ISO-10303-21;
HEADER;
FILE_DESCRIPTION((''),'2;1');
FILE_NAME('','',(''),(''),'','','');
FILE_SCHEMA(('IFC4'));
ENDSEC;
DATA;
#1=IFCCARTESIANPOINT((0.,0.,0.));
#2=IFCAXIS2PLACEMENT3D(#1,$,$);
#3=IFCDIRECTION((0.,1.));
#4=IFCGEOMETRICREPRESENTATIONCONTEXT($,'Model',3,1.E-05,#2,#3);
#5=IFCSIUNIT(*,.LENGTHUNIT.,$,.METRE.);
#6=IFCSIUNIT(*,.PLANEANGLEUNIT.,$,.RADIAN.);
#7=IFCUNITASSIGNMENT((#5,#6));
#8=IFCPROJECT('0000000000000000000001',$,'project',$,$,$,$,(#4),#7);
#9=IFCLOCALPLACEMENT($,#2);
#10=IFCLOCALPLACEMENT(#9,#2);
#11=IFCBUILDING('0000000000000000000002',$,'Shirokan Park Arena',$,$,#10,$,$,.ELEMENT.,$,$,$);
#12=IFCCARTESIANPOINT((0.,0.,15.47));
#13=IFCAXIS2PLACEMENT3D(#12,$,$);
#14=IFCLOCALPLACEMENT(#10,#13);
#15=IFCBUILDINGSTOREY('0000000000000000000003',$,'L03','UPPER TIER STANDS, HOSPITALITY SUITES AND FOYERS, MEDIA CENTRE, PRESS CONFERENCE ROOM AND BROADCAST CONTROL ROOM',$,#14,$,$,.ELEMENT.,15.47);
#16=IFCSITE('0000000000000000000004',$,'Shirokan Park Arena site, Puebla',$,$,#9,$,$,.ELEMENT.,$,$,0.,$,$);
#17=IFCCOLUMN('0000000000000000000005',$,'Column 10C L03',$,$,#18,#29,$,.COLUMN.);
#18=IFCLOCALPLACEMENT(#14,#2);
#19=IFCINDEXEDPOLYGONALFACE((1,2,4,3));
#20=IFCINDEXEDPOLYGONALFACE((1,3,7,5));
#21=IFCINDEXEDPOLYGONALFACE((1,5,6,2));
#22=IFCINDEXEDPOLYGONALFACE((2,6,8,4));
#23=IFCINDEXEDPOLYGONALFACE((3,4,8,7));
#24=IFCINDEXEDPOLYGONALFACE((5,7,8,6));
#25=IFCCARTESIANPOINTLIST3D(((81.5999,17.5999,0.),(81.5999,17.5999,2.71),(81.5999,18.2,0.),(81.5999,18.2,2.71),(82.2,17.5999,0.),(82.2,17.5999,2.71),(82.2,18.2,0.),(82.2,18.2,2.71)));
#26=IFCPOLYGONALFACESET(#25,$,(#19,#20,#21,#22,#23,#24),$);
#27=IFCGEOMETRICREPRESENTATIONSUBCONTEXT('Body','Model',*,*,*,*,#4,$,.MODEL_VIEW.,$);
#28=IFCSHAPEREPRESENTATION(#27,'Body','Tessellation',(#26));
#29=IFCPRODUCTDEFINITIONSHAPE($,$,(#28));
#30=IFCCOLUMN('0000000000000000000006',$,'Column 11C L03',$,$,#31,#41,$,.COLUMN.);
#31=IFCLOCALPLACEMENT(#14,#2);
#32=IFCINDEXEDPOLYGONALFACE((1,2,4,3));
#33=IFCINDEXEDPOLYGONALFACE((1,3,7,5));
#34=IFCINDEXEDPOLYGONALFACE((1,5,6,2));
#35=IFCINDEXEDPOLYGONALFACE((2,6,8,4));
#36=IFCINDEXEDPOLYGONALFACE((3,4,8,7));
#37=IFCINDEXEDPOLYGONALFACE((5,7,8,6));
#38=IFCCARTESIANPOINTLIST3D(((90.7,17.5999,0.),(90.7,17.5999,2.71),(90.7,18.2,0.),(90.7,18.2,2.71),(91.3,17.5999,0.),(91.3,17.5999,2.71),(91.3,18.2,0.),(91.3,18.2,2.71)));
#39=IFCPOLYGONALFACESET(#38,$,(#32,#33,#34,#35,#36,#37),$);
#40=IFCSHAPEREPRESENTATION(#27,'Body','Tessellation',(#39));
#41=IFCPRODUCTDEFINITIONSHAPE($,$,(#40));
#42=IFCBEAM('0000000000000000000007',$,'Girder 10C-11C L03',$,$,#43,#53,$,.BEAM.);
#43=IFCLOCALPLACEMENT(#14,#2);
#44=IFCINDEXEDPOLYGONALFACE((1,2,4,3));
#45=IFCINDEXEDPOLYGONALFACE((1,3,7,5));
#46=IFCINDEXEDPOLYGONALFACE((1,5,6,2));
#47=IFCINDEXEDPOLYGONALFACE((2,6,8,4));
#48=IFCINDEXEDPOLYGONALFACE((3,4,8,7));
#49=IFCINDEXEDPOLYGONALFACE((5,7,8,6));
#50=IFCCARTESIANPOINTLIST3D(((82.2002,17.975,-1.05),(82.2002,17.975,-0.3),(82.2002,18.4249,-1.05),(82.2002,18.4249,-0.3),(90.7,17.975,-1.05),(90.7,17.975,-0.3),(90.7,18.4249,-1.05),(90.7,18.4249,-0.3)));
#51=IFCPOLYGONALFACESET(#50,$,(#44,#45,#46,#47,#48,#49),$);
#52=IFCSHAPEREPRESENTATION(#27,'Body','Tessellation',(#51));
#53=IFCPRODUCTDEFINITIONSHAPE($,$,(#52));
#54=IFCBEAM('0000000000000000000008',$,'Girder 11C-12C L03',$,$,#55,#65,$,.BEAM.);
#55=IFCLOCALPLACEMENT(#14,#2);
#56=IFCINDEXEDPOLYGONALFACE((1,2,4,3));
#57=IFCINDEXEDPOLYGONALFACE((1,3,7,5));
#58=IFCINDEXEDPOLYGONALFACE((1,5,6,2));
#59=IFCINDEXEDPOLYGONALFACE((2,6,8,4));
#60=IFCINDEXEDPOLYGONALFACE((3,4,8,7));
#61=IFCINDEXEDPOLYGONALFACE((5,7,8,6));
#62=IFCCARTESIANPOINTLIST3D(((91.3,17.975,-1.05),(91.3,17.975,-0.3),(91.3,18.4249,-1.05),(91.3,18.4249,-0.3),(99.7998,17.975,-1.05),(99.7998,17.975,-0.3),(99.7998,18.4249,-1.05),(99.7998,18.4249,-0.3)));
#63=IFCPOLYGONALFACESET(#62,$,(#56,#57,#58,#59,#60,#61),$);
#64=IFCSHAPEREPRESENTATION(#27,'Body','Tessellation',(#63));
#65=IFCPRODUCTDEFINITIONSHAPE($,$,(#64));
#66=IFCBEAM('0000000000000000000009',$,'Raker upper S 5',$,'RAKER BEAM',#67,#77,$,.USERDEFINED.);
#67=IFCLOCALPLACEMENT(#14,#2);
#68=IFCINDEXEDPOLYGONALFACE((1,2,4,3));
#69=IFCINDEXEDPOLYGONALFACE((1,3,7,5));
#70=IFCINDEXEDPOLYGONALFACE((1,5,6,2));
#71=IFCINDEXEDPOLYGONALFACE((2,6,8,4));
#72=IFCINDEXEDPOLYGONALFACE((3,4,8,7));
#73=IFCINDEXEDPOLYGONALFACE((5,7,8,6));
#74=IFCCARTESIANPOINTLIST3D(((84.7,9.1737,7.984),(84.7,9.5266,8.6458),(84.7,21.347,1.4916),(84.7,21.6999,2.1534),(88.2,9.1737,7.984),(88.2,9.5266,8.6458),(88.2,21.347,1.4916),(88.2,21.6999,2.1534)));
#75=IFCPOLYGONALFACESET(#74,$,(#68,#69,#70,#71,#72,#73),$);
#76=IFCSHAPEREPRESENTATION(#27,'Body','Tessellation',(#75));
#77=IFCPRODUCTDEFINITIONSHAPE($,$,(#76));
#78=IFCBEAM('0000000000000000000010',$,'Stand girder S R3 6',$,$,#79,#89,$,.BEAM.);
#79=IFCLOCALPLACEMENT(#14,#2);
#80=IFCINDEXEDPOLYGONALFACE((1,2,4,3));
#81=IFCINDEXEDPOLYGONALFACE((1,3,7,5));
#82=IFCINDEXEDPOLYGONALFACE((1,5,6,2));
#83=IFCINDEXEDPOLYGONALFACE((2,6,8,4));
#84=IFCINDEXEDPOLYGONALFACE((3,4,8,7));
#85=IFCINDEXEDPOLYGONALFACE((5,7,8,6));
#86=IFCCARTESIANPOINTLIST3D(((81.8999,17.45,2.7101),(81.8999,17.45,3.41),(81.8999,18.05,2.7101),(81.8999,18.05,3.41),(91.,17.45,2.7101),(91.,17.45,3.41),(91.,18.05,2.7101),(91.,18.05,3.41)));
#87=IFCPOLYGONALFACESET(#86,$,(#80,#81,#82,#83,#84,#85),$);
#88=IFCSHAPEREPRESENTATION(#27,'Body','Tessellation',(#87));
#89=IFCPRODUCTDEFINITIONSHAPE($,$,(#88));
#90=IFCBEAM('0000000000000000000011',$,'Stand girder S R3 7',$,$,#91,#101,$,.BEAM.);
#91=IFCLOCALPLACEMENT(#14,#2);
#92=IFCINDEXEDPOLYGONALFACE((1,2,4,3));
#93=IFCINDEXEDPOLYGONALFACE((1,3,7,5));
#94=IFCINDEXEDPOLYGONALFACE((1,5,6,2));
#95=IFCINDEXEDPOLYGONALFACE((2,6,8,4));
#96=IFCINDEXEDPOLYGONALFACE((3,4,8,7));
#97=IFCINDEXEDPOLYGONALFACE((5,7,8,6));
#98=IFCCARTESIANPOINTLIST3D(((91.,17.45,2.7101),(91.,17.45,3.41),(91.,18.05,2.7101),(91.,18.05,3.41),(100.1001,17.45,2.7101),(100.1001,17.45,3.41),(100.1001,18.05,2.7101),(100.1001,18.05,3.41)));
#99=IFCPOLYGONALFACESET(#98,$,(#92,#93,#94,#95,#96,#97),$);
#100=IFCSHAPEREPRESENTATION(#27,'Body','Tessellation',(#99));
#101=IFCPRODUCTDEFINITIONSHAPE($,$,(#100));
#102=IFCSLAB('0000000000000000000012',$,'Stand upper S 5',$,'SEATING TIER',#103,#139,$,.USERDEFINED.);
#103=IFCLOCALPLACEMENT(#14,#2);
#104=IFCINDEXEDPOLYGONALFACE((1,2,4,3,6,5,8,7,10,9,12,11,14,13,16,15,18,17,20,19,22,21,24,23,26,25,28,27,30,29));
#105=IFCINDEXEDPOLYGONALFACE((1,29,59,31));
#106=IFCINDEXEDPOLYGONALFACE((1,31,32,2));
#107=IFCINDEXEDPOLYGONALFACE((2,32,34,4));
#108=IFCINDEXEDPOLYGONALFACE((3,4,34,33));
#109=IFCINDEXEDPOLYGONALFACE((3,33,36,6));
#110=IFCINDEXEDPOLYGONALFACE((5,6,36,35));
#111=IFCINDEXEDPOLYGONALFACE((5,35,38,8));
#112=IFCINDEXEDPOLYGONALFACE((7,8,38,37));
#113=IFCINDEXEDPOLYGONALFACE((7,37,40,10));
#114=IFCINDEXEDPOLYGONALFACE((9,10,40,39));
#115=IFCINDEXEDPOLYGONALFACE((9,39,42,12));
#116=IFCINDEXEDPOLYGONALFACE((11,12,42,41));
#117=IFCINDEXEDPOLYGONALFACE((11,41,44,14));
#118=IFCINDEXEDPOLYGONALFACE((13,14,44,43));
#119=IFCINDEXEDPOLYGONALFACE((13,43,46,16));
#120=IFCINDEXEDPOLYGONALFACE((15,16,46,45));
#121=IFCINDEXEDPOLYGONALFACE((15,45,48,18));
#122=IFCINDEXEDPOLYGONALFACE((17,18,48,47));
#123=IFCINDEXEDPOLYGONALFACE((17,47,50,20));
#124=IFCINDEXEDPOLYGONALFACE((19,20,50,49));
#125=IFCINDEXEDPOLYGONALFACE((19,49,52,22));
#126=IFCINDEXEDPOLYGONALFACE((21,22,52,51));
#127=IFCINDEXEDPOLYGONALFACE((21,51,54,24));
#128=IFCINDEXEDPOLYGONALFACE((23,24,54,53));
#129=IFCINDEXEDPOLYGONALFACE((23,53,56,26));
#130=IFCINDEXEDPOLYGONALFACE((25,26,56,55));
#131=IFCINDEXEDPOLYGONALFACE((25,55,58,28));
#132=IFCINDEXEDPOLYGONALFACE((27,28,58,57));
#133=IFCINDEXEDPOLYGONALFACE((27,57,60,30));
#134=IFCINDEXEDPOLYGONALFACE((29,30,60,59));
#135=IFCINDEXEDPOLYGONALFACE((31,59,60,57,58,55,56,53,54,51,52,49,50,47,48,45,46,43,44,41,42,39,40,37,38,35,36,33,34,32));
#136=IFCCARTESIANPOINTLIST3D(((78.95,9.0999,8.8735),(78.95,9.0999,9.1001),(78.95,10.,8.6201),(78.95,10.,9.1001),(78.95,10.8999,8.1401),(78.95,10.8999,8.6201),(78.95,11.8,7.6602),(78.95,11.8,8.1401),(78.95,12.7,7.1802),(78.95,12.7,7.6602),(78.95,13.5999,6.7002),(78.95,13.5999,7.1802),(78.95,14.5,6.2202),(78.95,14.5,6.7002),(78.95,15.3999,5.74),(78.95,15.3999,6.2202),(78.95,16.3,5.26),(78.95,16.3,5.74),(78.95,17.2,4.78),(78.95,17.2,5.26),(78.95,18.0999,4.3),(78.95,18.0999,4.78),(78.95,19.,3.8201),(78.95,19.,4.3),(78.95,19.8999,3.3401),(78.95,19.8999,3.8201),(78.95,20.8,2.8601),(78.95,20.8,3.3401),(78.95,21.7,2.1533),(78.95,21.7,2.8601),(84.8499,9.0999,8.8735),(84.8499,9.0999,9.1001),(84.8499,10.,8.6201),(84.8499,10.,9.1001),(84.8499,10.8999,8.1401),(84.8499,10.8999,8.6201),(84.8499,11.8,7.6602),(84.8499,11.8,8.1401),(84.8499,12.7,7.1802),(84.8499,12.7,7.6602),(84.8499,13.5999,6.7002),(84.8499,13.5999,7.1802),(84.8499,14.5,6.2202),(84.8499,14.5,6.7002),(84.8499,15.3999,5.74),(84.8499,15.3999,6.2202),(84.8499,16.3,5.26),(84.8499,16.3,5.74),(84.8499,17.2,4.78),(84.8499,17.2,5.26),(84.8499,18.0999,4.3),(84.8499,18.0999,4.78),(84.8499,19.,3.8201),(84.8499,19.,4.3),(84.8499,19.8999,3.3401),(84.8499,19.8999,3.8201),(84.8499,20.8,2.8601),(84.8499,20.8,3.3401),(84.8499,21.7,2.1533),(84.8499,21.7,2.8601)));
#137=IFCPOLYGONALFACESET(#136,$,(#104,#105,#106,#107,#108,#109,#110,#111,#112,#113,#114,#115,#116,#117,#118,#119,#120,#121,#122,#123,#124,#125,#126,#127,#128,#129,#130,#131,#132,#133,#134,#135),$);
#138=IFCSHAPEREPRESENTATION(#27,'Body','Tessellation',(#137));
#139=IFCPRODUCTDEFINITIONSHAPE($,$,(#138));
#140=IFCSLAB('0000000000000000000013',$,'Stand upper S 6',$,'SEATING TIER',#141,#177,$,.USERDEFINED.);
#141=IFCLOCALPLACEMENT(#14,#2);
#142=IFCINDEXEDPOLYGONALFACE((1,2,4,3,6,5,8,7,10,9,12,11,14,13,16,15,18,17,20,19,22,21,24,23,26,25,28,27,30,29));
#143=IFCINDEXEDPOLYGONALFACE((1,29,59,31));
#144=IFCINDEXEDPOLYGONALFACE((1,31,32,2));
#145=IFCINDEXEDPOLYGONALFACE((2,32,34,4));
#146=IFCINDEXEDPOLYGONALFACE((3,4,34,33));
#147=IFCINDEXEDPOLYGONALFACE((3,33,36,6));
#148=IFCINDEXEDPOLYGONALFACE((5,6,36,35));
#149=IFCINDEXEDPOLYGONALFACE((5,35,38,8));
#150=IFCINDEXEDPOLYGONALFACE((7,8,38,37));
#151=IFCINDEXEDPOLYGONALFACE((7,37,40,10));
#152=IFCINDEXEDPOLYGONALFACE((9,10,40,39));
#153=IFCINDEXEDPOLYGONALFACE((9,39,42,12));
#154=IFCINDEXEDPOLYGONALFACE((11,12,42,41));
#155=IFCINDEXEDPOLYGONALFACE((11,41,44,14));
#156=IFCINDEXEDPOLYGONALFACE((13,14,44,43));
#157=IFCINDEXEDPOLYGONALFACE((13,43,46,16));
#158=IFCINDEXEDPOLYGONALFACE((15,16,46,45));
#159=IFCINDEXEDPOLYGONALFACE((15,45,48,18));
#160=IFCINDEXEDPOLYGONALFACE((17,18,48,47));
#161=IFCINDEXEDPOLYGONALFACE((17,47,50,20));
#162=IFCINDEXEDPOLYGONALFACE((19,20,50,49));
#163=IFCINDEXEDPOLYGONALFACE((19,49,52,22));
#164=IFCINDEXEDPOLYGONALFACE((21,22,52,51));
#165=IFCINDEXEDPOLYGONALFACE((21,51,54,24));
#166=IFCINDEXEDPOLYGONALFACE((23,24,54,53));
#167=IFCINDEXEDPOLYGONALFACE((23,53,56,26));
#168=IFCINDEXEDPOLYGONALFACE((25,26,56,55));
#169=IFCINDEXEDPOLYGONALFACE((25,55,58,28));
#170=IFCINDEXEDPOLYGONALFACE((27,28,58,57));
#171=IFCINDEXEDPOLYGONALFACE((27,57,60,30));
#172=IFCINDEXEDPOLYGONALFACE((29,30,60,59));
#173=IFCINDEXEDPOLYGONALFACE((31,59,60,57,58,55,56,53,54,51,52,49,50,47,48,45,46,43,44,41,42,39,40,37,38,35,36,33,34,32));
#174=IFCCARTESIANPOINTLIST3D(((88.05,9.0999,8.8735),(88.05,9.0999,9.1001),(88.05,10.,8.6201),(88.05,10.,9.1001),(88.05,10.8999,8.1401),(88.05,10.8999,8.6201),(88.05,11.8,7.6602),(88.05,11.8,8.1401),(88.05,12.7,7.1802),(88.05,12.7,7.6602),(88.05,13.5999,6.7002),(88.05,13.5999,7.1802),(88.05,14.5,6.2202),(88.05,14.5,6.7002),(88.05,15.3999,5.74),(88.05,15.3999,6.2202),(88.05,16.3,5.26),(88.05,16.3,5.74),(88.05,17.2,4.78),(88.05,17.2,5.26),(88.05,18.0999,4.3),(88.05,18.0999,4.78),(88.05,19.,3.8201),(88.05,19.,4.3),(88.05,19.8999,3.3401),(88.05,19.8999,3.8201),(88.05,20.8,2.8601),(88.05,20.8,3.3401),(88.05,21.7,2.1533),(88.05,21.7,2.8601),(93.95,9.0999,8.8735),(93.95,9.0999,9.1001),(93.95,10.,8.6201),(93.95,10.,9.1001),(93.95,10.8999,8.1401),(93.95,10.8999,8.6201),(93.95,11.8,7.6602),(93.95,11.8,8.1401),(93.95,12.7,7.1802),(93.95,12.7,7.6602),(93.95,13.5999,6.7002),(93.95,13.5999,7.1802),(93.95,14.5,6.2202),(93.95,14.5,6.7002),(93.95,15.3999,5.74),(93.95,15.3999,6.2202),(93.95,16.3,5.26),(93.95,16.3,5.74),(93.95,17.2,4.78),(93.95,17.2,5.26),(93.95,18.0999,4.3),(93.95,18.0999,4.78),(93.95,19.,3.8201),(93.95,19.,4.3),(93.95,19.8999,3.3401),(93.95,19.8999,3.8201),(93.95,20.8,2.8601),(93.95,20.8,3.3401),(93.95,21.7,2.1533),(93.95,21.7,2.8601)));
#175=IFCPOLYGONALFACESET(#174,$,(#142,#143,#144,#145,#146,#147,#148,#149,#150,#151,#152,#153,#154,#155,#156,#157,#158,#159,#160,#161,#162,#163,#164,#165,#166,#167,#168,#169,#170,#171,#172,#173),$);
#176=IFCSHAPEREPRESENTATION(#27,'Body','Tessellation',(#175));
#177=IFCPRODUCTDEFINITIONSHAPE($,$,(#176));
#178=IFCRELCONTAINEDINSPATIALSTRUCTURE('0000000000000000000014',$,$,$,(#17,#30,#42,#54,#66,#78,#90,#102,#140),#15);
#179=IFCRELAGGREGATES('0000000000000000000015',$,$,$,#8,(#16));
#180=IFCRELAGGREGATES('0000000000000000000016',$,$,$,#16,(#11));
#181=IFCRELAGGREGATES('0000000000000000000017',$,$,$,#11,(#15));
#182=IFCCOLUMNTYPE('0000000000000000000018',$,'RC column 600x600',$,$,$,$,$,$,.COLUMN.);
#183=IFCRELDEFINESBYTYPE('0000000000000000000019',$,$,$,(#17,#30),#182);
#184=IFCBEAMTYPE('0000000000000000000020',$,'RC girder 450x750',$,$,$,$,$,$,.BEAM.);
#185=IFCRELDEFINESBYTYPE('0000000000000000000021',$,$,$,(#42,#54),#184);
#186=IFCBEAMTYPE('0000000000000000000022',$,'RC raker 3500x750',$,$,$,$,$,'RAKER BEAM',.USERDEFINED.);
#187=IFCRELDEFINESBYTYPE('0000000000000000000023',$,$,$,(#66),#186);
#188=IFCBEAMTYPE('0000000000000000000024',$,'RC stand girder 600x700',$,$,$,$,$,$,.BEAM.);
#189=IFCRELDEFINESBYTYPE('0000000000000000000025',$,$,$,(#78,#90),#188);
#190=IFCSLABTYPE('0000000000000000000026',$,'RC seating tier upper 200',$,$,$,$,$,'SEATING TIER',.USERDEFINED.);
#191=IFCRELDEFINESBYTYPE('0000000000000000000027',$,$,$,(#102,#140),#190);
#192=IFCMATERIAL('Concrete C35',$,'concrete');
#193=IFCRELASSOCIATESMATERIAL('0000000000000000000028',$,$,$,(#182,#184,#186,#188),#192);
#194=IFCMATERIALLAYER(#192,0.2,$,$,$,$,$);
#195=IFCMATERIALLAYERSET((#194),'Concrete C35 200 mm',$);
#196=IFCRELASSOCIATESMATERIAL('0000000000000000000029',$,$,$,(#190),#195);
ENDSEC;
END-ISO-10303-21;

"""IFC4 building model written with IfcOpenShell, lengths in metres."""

from ifc_helpers import new_model, si_unit, direction, frame, origin, origin_2d, place, context, subcontext, project, spatial, polyline, rectangle, outline, extrude, material, layer, layer_set, material_profile, profile_set, type_object, element, save


model = new_model("IFC4")

# Units and contexts
model_context = context("Model", 3, precision=1e-05, world=origin(), true_north=direction((0.0, 1.0)))
body_context = subcontext(model_context, "Body", "Model", "MODEL_VIEW")
ifc_project = project(units=[si_unit("LENGTHUNIT", "METRE"), si_unit("PLANEANGLEUNIT", "RADIAN")], contexts=[model_context])

# Site, building, storey
site_placement = place(None, origin())
site = spatial("IfcSite", under=ifc_project, at=site_placement, Name="Shirokan Park Arena site, Puebla", CompositionType="ELEMENT", RefElevation=0.0)
building_placement = place(site_placement, origin())
building = spatial("IfcBuilding", under=site, at=building_placement, Name="Shirokan Park Arena", CompositionType="ELEMENT")
storey_placement = place(building_placement, frame((0.0, 0.0, 15.47)))
storey = spatial("IfcBuildingStorey", under=building, at=storey_placement, Name="L03", Description="UPPER TIER STANDS, HOSPITALITY SUITES AND FOYERS, MEDIA CENTRE, PRESS CONFERENCE ROOM AND BROADCAST CONTROL ROOM", CompositionType="ELEMENT", Elevation=15.47)

# Columns
ifc_material_1 = material(Name="Concrete C35", Category="concrete")
ifc_material_profile_1 = material_profile(ifc_material_1, rectangle(XDim=0.6001, YDim=0.6001, at=origin_2d()), Name="600x600")
ifc_profile_set_1 = profile_set([ifc_material_profile_1], Name="Concrete C35")
column_type = type_object("IfcColumnType", Name="RC column 600x600", PredefinedType="COLUMN", material=ifc_profile_set_1)
for number, where, z_axis, x_axis, name in (
    (1, (81.8999, 17.8999, 0.0), (0.0, 0.0, 1.0), (1.0, 0.0, 0.0), "Column 10C L03"),
    (2, (91.0, 17.8999, 0.0), (0.0, 0.0, 1.0), (1.0, 0.0, 0.0), "Column 11C L03"),
):
    element("IfcColumn", number, at=place(storey_placement, frame(where, z_axis=z_axis, x_axis=x_axis)), inside=storey, type_object=column_type, Name=name, PredefinedType="COLUMN", context=body_context, shape_type="SweptSolid", body=[
        extrude(rectangle(XDim=0.6001, YDim=0.6001, at=origin_2d()), origin(), (0.0, 0.0, 1.0), 2.71),
    ])

# Beams
ifc_material_profile_2 = material_profile(ifc_material_1, rectangle(XDim=0.45, YDim=0.75, at=origin_2d()), Name="450x750")
ifc_profile_set_2 = profile_set([ifc_material_profile_2], Name="Concrete C35")
beam_type_1 = type_object("IfcBeamType", Name="RC girder 450x750", PredefinedType="BEAM", material=ifc_profile_set_2)
for number, where, z_axis, x_axis, name in (
    (3, (82.2002, 18.2, -0.675), (1.0, 0.0, 0.0), (0.0, 1.0, 0.0), "Girder 10C-11C L03"),
    (4, (91.3, 18.2, -0.675), (1.0, 0.0, 0.0), (0.0, 1.0, 0.0), "Girder 11C-12C L03"),
):
    element("IfcBeam", number, at=place(storey_placement, frame(where, z_axis=z_axis, x_axis=x_axis)), inside=storey, type_object=beam_type_1, Name=name, PredefinedType="BEAM", context=body_context, shape_type="SweptSolid", body=[
        extrude(rectangle(XDim=0.45, YDim=0.75, at=origin_2d()), origin(), (0.0, 0.0, 1.0), 8.4998),
    ])
ifc_material_profile_3 = material_profile(ifc_material_1, rectangle(XDim=3.5, YDim=0.75, at=origin_2d()), Name="3500x750")
ifc_profile_set_3 = profile_set([ifc_material_profile_3], Name="Concrete C35")
beam_type_2 = type_object("IfcBeamType", Name="RC raker 3500x750", ElementType="RAKER BEAM", PredefinedType="USERDEFINED", material=ifc_profile_set_3)
beam_placement = place(storey_placement, frame((86.45, 21.5234, 1.8225), z_axis=(0.0, -0.882353, 0.470587), x_axis=(1.0, 0.0, 0.0)))
element("IfcBeam", 5, at=beam_placement, inside=storey, type_object=beam_type_2, Name="Raker upper S 5", ObjectType="RAKER BEAM", PredefinedType="USERDEFINED", context=body_context, shape_type="SweptSolid", body=[
    extrude(rectangle(XDim=3.5, YDim=0.75, at=origin_2d()), origin(), (0.0, 0.0, 1.0), 13.7964),
])
ifc_material_profile_4 = material_profile(ifc_material_1, rectangle(XDim=0.6001, YDim=0.7, at=origin_2d()), Name="600x700")
ifc_profile_set_4 = profile_set([ifc_material_profile_4], Name="Concrete C35")
beam_type_3 = type_object("IfcBeamType", Name="RC stand girder 600x700", PredefinedType="BEAM", material=ifc_profile_set_4)
for number, where, z_axis, x_axis, name in (
    (6, (81.8999, 17.75, 3.0601), (1.0, 0.0, 0.0), (0.0, 1.0, 0.0), "Stand girder S R3 6"),
    (7, (91.0, 17.75, 3.0601), (1.0, 0.0, 0.0), (0.0, 1.0, 0.0), "Stand girder S R3 7"),
):
    element("IfcBeam", number, at=place(storey_placement, frame(where, z_axis=z_axis, x_axis=x_axis)), inside=storey, type_object=beam_type_3, Name=name, PredefinedType="BEAM", context=body_context, shape_type="SweptSolid", body=[
        extrude(rectangle(XDim=0.6001, YDim=0.7, at=origin_2d()), origin(), (0.0, 0.0, 1.0), 9.1001),
    ])

# Slabs
ifc_layer_1 = layer(ifc_material_1, 0.2)
ifc_layer_set_1 = layer_set([ifc_layer_1], Name="Concrete C35 200 mm")
slab_type = type_object("IfcSlabType", Name="RC seating tier upper 200", ElementType="SEATING TIER", PredefinedType="USERDEFINED", material=ifc_layer_set_1)
for number, where, z_axis, x_axis, name in (
    (8, (81.8999, 21.7, 2.8601), (0.0, 0.0, 1.0), (0.0, -1.0, 0.0), "Stand upper S 5"),
    (9, (91.0, 21.7, 2.8601), (0.0, 0.0, 1.0), (0.0, -1.0, 0.0), "Stand upper S 6"),
):
    element("IfcSlab", number, at=place(storey_placement, frame(where, z_axis=z_axis, x_axis=x_axis)), inside=storey, type_object=slab_type, Name=name, ObjectType="SEATING TIER", PredefinedType="USERDEFINED", context=body_context, shape_type="SweptSolid", body=[
        extrude(outline(polyline([(0.0, 0.0), (0.8999, 0.0), (0.8999, 0.48), (1.8, 0.48), (1.8, 0.96), (2.7, 0.96), (2.7, 1.4399), (3.6001, 1.4399), (3.6001, 1.9199), (4.5, 1.9199), (4.5, 2.3999), (5.3999, 2.3999), (5.3999, 2.8799), (6.3, 2.8799), (6.3, 3.3601), (7.2, 3.3601), (7.2, 3.8401), (8.1001, 3.8401), (8.1001, 4.3201), (9.0, 4.3201), (9.0, 4.8), (9.8999, 4.8), (9.8999, 5.28), (10.8, 5.28), (10.8, 5.76), (11.7, 5.76), (11.7, 6.24), (12.6001, 6.24), (12.6001, 6.0134), (0.0, -0.7068), (0.0, 0.0)])), frame((0.0, 2.95, 0.0), z_axis=(0.0, -1.0, 0.0), x_axis=(1.0, 0.0, 0.0)), (0.0, 0.0, 1.0), 5.8999),
    ])

save(model, "model.ifc")
